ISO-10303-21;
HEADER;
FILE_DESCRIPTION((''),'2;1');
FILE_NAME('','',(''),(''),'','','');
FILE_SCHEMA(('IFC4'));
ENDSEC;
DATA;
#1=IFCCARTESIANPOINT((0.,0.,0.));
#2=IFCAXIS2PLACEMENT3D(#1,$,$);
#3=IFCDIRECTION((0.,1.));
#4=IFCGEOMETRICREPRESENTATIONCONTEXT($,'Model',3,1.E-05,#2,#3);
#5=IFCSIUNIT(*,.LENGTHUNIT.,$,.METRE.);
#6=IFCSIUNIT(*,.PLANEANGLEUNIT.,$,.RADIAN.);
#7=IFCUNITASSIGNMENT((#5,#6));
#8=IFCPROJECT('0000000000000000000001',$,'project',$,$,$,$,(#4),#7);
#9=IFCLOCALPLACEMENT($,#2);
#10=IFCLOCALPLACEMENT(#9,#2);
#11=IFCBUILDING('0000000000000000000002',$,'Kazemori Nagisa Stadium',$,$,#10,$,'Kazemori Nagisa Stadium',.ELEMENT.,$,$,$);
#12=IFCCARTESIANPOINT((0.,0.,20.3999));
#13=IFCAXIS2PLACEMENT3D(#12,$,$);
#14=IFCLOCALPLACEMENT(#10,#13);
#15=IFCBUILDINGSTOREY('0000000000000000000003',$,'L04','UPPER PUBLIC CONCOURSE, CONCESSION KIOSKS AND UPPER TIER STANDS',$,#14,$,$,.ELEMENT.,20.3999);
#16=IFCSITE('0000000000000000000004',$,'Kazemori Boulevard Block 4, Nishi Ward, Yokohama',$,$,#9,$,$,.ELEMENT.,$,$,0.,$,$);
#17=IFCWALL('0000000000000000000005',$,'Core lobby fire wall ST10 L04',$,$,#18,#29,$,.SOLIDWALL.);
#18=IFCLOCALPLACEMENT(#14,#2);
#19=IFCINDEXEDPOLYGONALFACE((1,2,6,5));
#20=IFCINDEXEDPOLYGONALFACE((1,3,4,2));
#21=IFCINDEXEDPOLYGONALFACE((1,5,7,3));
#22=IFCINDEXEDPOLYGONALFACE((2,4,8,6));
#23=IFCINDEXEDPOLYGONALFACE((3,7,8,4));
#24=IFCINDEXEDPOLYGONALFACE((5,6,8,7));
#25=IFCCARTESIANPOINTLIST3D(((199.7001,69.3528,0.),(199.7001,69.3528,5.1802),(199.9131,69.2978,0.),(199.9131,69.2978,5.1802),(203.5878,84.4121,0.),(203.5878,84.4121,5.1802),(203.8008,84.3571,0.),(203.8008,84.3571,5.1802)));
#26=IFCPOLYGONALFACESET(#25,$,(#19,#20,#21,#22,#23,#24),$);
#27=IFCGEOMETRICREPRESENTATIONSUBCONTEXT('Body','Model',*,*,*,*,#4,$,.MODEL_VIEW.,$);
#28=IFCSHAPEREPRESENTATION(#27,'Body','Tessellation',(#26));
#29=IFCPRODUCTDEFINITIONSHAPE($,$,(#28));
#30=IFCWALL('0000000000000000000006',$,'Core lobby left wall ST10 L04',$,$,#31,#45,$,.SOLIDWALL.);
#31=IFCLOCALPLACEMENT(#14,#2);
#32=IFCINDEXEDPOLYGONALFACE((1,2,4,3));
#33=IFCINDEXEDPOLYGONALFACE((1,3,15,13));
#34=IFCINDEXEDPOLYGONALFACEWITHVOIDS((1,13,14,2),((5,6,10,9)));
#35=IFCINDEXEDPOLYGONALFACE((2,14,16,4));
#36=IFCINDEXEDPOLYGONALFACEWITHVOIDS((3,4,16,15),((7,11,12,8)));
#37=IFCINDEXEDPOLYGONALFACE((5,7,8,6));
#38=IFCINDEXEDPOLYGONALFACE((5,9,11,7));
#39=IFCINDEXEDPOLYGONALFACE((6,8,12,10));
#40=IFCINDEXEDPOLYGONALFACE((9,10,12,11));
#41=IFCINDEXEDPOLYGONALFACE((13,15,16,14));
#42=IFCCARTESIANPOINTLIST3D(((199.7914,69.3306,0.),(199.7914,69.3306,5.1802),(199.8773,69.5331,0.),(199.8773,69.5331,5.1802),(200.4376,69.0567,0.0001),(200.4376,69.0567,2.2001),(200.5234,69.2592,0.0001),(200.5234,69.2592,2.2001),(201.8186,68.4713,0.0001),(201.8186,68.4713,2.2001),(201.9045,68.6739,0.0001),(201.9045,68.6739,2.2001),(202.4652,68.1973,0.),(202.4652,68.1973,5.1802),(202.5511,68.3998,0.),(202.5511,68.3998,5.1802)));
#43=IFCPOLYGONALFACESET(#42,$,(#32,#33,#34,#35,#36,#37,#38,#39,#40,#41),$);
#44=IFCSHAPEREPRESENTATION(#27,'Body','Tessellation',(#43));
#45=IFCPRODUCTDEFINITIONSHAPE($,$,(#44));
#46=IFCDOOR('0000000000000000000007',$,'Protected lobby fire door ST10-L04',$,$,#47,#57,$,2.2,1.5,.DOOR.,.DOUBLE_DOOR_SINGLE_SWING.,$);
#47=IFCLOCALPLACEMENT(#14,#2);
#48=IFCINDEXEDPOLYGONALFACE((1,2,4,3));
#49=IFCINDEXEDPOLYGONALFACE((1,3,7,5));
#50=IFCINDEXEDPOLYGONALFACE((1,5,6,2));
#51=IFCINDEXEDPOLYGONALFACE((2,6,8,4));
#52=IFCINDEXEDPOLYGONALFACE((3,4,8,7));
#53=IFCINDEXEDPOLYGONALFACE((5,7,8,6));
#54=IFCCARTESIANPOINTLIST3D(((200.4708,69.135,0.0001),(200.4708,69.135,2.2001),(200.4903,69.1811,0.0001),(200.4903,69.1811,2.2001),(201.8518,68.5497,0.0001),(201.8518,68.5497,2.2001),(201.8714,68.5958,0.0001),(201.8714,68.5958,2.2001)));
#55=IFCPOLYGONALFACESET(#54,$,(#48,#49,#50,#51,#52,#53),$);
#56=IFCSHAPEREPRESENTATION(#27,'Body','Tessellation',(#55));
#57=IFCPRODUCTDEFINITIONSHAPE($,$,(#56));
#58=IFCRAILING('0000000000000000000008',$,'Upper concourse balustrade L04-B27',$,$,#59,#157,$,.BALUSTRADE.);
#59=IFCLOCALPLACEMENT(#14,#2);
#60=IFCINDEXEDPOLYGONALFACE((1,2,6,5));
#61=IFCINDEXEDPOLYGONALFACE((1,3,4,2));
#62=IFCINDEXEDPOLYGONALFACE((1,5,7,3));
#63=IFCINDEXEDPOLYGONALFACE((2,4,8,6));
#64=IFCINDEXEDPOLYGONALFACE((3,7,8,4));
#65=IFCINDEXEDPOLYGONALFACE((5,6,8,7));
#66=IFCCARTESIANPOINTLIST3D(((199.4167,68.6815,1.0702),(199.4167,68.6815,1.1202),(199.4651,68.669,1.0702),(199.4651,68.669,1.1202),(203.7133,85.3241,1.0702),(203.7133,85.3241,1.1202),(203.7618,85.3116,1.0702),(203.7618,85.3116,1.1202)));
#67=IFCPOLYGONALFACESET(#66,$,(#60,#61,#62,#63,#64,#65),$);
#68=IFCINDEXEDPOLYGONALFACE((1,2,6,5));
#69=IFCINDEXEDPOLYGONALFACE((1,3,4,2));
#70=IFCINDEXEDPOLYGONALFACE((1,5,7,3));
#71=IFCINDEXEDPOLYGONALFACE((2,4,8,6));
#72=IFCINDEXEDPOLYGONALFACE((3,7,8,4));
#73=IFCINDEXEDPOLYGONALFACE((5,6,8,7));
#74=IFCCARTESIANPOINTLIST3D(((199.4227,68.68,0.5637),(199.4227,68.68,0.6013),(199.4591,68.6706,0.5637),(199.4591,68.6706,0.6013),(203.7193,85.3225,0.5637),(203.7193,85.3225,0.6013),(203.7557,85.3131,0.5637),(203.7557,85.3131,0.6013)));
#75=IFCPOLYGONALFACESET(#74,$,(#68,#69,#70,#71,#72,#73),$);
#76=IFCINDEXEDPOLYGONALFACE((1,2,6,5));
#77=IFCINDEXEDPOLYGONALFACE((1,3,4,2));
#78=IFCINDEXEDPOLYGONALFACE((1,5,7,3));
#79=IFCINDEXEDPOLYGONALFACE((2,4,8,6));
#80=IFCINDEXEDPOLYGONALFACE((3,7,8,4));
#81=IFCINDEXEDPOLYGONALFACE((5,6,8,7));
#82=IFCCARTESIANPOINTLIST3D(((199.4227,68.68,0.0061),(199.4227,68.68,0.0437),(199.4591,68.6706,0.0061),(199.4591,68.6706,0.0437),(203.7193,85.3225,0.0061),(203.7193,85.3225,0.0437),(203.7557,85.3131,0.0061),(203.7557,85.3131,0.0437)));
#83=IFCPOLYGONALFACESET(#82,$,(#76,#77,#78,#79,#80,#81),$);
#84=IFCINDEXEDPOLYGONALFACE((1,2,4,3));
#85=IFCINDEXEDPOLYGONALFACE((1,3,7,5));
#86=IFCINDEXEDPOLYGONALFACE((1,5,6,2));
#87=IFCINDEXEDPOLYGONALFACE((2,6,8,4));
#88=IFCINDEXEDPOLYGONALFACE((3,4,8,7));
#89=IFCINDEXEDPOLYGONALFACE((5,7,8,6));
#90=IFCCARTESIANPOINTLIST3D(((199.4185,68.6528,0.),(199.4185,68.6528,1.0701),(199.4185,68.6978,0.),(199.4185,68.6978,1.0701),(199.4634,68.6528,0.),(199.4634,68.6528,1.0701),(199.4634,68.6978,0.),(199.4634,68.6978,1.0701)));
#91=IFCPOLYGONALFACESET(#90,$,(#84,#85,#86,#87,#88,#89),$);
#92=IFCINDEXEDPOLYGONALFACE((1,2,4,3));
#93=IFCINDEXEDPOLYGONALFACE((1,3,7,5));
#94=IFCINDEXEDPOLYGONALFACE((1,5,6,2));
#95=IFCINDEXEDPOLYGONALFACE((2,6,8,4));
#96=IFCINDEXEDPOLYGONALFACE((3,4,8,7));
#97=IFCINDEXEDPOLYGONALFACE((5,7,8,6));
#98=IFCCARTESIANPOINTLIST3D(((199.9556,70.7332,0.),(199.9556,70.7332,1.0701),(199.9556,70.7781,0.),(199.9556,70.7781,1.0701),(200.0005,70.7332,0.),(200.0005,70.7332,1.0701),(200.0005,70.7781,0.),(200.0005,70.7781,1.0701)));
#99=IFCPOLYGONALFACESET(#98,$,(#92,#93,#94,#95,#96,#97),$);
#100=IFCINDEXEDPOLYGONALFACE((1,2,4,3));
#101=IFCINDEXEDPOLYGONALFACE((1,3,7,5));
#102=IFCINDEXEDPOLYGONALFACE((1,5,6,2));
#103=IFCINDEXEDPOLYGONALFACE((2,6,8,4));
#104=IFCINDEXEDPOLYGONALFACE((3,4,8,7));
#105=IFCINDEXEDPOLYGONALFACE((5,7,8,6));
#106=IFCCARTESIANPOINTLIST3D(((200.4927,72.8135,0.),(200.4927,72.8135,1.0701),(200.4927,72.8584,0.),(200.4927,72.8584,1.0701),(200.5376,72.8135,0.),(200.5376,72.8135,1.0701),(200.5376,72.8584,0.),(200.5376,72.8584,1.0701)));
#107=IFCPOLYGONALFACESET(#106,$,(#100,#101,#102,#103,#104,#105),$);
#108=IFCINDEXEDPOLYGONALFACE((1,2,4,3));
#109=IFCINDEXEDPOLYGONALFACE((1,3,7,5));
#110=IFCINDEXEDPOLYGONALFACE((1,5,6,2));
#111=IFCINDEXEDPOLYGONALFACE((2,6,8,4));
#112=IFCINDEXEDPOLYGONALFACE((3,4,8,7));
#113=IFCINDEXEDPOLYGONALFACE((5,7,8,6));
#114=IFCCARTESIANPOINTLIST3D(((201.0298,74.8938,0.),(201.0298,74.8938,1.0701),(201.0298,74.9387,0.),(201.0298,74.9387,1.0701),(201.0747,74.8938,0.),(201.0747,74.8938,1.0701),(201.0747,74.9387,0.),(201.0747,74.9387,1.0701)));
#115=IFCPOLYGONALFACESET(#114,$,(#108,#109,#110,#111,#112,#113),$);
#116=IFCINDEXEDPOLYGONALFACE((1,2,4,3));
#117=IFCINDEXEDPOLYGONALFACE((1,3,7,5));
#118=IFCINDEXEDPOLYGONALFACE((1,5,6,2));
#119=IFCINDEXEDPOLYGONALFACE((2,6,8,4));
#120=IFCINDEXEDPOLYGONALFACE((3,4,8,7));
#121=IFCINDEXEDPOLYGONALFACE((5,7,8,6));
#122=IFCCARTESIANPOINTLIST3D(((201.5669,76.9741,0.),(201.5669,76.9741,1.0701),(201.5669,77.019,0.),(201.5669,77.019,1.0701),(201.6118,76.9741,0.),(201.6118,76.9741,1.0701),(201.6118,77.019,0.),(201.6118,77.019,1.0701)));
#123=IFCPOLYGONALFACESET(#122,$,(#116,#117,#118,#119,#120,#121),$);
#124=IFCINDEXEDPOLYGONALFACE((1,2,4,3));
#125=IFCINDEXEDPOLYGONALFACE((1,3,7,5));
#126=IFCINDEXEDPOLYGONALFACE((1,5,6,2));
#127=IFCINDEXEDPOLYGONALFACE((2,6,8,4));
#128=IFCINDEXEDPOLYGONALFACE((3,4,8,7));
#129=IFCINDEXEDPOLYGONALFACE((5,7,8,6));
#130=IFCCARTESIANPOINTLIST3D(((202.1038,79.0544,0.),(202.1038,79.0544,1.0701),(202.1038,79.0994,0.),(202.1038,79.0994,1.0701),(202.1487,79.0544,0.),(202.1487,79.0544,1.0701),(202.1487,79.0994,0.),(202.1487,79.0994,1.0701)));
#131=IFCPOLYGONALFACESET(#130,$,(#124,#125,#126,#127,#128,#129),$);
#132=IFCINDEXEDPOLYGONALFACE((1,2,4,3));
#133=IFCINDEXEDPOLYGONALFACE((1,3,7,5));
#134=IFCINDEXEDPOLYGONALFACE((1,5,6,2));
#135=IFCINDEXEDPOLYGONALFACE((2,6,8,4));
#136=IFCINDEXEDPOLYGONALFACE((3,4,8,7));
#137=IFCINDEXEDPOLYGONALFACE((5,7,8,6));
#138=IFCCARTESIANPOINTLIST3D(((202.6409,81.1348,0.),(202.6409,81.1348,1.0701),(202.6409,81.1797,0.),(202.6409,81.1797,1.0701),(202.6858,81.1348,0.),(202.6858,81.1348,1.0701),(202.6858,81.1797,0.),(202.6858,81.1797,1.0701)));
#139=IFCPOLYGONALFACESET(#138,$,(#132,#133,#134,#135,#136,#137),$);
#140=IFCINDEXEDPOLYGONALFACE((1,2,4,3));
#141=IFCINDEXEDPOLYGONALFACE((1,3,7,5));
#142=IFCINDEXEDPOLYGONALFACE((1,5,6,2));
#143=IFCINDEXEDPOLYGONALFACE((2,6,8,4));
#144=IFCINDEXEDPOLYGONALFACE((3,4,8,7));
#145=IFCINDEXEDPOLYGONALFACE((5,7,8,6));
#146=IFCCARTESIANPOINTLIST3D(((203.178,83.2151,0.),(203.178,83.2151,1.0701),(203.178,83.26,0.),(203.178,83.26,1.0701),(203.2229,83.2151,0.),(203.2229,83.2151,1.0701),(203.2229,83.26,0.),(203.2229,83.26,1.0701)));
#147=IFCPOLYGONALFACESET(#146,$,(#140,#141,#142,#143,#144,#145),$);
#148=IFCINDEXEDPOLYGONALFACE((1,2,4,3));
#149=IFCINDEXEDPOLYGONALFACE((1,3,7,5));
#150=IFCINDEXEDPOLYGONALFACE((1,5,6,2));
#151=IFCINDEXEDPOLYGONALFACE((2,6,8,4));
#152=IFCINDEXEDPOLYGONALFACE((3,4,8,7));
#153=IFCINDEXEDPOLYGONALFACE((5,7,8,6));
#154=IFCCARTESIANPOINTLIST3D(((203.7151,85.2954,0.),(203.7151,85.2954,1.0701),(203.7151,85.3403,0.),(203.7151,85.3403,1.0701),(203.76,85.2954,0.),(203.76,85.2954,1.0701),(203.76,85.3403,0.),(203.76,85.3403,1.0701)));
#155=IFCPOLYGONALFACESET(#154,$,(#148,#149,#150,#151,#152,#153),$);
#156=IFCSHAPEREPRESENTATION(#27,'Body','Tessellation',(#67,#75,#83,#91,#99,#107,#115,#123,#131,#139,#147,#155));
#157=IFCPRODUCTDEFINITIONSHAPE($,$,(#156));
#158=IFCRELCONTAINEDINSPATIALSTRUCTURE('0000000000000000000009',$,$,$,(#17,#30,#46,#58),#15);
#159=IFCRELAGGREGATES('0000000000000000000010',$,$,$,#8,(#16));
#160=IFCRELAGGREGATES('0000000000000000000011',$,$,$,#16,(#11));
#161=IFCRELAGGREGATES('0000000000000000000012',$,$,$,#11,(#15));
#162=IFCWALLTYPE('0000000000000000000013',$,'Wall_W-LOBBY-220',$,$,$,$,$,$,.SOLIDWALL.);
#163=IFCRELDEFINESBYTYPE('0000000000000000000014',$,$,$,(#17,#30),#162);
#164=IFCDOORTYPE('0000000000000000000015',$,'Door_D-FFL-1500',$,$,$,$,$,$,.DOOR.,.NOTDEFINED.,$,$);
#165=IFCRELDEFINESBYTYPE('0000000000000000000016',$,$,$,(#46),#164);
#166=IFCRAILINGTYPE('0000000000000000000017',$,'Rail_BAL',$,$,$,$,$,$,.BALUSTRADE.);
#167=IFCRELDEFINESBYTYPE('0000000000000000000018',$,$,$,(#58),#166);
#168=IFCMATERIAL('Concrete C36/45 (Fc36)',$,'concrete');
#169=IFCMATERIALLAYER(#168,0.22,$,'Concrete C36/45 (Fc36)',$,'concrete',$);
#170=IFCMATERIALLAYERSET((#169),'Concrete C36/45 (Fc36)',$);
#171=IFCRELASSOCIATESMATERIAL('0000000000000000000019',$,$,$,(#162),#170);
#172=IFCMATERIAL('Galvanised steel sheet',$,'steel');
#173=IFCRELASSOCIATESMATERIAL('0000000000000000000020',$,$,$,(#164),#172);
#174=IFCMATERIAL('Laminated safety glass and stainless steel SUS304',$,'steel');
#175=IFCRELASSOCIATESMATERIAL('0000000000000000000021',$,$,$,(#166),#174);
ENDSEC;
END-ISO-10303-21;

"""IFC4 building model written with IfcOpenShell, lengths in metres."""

from ifc_helpers import new_model, si_unit, direction, frame, frame_2d, origin, origin_2d, place, context, subcontext, project, spatial, rectangle, extrude, material, layer, layer_set, type_object, element, fill, save


model = new_model("IFC4")

# Units and contexts
model_context = context("Model", 3, precision=1e-05, world=origin(), true_north=direction((0.0, 1.0)))
body_context = subcontext(model_context, "Body", "Model", "MODEL_VIEW")
ifc_project = project(units=[si_unit("LENGTHUNIT", "METRE"), si_unit("PLANEANGLEUNIT", "RADIAN")], contexts=[model_context])

# Site, building, storey
site_placement = place(None, origin())
site = spatial("IfcSite", under=ifc_project, at=site_placement, Name="Kazemori Boulevard Block 4, Nishi Ward, Yokohama", CompositionType="ELEMENT", RefElevation=0.0)
building_placement = place(site_placement, origin())
building = spatial("IfcBuilding", under=site, at=building_placement, Name="Kazemori Nagisa Stadium", LongName="Kazemori Nagisa Stadium", CompositionType="ELEMENT")
storey_placement = place(building_placement, frame((0.0, 0.0, 20.3999)))
storey = spatial("IfcBuildingStorey", under=building, at=storey_placement, Name="L04", Description="UPPER PUBLIC CONCOURSE, CONCESSION KIOSKS AND UPPER TIER STANDS", CompositionType="ELEMENT", Elevation=20.3999)

# Shared definitions
ifc_material_1 = material(Name="Galvanised steel sheet", Category="steel")

# Wall
ifc_material_2 = material(Name="Concrete C36/45 (Fc36)", Category="concrete")
ifc_layer_1 = layer(ifc_material_2, 0.22, Name="Concrete C36/45 (Fc36)", Category="concrete")
ifc_layer_set_1 = layer_set([ifc_layer_1], Name="Concrete C36/45 (Fc36)")
wall_type_1 = type_object("IfcWallType", Name="Wall_W-LOBBY-220", PredefinedType="SOLIDWALL", material=ifc_layer_set_1)
wall_1_placement = place(storey_placement, frame((199.8066, 69.3254, 0.0), z_axis=(0.0, 0.0, 1.0), x_axis=(0.249963, 0.968255, 0.0)))
element("IfcWall", 1, at=wall_1_placement, inside=storey, type_object=wall_type_1, Name="Core lobby fire wall ST10 L04", PredefinedType="SOLIDWALL", context=body_context, shape_type="SweptSolid", body=[
    extrude(rectangle(XDim=15.553, YDim=0.22, at=frame_2d((7.7764, 0.0))), origin(), (0.0, 0.0, 1.0), 5.1802),
])

# Wall, opening, door
wall_2_placement = place(storey_placement, frame((199.8342, 69.4319, 0.0), z_axis=(0.0, 0.0, 1.0), x_axis=(0.920712, -0.390243, 0.0)))
wall_2 = element("IfcWall", 2, at=wall_2_placement, inside=storey, type_object=wall_type_1, Name="Core lobby left wall ST10 L04", PredefinedType="SOLIDWALL", context=body_context, shape_type="SweptSolid", body=[
    extrude(rectangle(XDim=2.9041, YDim=0.22, at=frame_2d((1.4521, 0.0))), origin(), (0.0, 0.0, 1.0), 5.1802),
])
opening_1_placement = place(wall_2_placement, frame((0.7019, 0.0, 0.0)))
opening_1 = element("IfcOpeningElement", 3, at=opening_1_placement, cuts=wall_2, PredefinedType="OPENING", context=body_context, shape_type="SweptSolid", body=[
    extrude(rectangle(XDim=1.5, YDim=2.2, at=frame_2d((0.75, 1.1001))), frame((0.0, 0.1199, 0.0), z_axis=(0.0, -1.0, 0.0), x_axis=(1.0, 0.0, 0.0)), (0.0, 0.0, 1.0), 0.24),
])
door_type_1 = type_object("IfcDoorType", Name="Door_D-FFL-1500", OperationType="NOTDEFINED", PredefinedType="DOOR", material=ifc_material_1)
door_1_placement = place(opening_1_placement, frame((1.5, 0.0, 0.0), z_axis=(0.0, 0.0, 1.0), x_axis=(-1.0, 0.0, 0.0)))
door_1 = element("IfcDoor", 4, at=door_1_placement, inside=storey, type_object=door_type_1, Name="Protected lobby fire door ST10-L04", OperationType="DOUBLE_DOOR_SINGLE_SWING", OverallHeight=2.2, OverallWidth=1.5, PredefinedType="DOOR", context=body_context, shape_type="SweptSolid", body=[
    extrude(rectangle(XDim=1.5, YDim=2.2, at=frame_2d((0.75, 1.1001))), frame((0.0, 0.0249, 0.0), z_axis=(0.0, -1.0, 0.0), x_axis=(1.0, 0.0, 0.0)), (0.0, 0.0, 1.0), 0.05),
])
fill(opening_1, door_1)

# Railing
ifc_material_3 = material(Name="Laminated safety glass and stainless steel SUS304", Category="steel")
railing_type_1 = type_object("IfcRailingType", Name="Rail_BAL", PredefinedType="BALUSTRADE", material=ifc_material_3)
railing_1_placement = place(storey_placement, frame((199.4409, 68.6753, 0.0)))
element("IfcRailing", 5, at=railing_1_placement, inside=storey, type_object=railing_type_1, Name="Upper concourse balustrade L04-B27", PredefinedType="BALUSTRADE", context=body_context, shape_type="SweptSolid", body=[
    extrude(rectangle(XDim=0.05, YDim=0.05, at=origin_2d()), frame((0.0, 0.0, 1.0952), z_axis=(0.249975, 0.968252, 0.0), x_axis=(-0.968252, 0.249975, 0.0)), (0.0, 0.0, 1.0), 17.1882),
    extrude(rectangle(XDim=0.0376, YDim=0.0376, at=origin_2d()), frame((0.0, 0.0, 0.5825), z_axis=(0.249975, 0.968252, 0.0), x_axis=(-0.968252, 0.249975, 0.0)), (0.0, 0.0, 1.0), 17.1882),
    extrude(rectangle(XDim=0.0376, YDim=0.0376, at=origin_2d()), frame((0.0, 0.0, 0.0249), z_axis=(0.249975, 0.968252, 0.0), x_axis=(-0.968252, 0.249975, 0.0)), (0.0, 0.0, 1.0), 17.1882),
    extrude(rectangle(XDim=0.0449, YDim=0.0449, at=origin_2d()), origin(), (0.0, 0.0, 1.0), 1.0701),
    extrude(rectangle(XDim=0.0449, YDim=0.0449, at=origin_2d()), frame((0.5371, 2.0803, 0.0)), (0.0, 0.0, 1.0), 1.0701),
    extrude(rectangle(XDim=0.0449, YDim=0.0449, at=origin_2d()), frame((1.0742, 4.1606, 0.0)), (0.0, 0.0, 1.0), 1.0701),
    extrude(rectangle(XDim=0.0449, YDim=0.0449, at=origin_2d()), frame((1.6113, 6.241, 0.0)), (0.0, 0.0, 1.0), 1.0701),
    extrude(rectangle(XDim=0.0449, YDim=0.0449, at=origin_2d()), frame((2.1484, 8.3213, 0.0)), (0.0, 0.0, 1.0), 1.0701),
    extrude(rectangle(XDim=0.0449, YDim=0.0449, at=origin_2d()), frame((2.6853, 10.4016, 0.0)), (0.0, 0.0, 1.0), 1.0701),
    extrude(rectangle(XDim=0.0449, YDim=0.0449, at=origin_2d()), frame((3.2224, 12.4819, 0.0)), (0.0, 0.0, 1.0), 1.0701),
    extrude(rectangle(XDim=0.0449, YDim=0.0449, at=origin_2d()), frame((3.7595, 14.5623, 0.0)), (0.0, 0.0, 1.0), 1.0701),
    extrude(rectangle(XDim=0.0449, YDim=0.0449, at=origin_2d()), frame((4.2966, 16.6426, 0.0)), (0.0, 0.0, 1.0), 1.0701),
])

save(model, "model.ifc")
